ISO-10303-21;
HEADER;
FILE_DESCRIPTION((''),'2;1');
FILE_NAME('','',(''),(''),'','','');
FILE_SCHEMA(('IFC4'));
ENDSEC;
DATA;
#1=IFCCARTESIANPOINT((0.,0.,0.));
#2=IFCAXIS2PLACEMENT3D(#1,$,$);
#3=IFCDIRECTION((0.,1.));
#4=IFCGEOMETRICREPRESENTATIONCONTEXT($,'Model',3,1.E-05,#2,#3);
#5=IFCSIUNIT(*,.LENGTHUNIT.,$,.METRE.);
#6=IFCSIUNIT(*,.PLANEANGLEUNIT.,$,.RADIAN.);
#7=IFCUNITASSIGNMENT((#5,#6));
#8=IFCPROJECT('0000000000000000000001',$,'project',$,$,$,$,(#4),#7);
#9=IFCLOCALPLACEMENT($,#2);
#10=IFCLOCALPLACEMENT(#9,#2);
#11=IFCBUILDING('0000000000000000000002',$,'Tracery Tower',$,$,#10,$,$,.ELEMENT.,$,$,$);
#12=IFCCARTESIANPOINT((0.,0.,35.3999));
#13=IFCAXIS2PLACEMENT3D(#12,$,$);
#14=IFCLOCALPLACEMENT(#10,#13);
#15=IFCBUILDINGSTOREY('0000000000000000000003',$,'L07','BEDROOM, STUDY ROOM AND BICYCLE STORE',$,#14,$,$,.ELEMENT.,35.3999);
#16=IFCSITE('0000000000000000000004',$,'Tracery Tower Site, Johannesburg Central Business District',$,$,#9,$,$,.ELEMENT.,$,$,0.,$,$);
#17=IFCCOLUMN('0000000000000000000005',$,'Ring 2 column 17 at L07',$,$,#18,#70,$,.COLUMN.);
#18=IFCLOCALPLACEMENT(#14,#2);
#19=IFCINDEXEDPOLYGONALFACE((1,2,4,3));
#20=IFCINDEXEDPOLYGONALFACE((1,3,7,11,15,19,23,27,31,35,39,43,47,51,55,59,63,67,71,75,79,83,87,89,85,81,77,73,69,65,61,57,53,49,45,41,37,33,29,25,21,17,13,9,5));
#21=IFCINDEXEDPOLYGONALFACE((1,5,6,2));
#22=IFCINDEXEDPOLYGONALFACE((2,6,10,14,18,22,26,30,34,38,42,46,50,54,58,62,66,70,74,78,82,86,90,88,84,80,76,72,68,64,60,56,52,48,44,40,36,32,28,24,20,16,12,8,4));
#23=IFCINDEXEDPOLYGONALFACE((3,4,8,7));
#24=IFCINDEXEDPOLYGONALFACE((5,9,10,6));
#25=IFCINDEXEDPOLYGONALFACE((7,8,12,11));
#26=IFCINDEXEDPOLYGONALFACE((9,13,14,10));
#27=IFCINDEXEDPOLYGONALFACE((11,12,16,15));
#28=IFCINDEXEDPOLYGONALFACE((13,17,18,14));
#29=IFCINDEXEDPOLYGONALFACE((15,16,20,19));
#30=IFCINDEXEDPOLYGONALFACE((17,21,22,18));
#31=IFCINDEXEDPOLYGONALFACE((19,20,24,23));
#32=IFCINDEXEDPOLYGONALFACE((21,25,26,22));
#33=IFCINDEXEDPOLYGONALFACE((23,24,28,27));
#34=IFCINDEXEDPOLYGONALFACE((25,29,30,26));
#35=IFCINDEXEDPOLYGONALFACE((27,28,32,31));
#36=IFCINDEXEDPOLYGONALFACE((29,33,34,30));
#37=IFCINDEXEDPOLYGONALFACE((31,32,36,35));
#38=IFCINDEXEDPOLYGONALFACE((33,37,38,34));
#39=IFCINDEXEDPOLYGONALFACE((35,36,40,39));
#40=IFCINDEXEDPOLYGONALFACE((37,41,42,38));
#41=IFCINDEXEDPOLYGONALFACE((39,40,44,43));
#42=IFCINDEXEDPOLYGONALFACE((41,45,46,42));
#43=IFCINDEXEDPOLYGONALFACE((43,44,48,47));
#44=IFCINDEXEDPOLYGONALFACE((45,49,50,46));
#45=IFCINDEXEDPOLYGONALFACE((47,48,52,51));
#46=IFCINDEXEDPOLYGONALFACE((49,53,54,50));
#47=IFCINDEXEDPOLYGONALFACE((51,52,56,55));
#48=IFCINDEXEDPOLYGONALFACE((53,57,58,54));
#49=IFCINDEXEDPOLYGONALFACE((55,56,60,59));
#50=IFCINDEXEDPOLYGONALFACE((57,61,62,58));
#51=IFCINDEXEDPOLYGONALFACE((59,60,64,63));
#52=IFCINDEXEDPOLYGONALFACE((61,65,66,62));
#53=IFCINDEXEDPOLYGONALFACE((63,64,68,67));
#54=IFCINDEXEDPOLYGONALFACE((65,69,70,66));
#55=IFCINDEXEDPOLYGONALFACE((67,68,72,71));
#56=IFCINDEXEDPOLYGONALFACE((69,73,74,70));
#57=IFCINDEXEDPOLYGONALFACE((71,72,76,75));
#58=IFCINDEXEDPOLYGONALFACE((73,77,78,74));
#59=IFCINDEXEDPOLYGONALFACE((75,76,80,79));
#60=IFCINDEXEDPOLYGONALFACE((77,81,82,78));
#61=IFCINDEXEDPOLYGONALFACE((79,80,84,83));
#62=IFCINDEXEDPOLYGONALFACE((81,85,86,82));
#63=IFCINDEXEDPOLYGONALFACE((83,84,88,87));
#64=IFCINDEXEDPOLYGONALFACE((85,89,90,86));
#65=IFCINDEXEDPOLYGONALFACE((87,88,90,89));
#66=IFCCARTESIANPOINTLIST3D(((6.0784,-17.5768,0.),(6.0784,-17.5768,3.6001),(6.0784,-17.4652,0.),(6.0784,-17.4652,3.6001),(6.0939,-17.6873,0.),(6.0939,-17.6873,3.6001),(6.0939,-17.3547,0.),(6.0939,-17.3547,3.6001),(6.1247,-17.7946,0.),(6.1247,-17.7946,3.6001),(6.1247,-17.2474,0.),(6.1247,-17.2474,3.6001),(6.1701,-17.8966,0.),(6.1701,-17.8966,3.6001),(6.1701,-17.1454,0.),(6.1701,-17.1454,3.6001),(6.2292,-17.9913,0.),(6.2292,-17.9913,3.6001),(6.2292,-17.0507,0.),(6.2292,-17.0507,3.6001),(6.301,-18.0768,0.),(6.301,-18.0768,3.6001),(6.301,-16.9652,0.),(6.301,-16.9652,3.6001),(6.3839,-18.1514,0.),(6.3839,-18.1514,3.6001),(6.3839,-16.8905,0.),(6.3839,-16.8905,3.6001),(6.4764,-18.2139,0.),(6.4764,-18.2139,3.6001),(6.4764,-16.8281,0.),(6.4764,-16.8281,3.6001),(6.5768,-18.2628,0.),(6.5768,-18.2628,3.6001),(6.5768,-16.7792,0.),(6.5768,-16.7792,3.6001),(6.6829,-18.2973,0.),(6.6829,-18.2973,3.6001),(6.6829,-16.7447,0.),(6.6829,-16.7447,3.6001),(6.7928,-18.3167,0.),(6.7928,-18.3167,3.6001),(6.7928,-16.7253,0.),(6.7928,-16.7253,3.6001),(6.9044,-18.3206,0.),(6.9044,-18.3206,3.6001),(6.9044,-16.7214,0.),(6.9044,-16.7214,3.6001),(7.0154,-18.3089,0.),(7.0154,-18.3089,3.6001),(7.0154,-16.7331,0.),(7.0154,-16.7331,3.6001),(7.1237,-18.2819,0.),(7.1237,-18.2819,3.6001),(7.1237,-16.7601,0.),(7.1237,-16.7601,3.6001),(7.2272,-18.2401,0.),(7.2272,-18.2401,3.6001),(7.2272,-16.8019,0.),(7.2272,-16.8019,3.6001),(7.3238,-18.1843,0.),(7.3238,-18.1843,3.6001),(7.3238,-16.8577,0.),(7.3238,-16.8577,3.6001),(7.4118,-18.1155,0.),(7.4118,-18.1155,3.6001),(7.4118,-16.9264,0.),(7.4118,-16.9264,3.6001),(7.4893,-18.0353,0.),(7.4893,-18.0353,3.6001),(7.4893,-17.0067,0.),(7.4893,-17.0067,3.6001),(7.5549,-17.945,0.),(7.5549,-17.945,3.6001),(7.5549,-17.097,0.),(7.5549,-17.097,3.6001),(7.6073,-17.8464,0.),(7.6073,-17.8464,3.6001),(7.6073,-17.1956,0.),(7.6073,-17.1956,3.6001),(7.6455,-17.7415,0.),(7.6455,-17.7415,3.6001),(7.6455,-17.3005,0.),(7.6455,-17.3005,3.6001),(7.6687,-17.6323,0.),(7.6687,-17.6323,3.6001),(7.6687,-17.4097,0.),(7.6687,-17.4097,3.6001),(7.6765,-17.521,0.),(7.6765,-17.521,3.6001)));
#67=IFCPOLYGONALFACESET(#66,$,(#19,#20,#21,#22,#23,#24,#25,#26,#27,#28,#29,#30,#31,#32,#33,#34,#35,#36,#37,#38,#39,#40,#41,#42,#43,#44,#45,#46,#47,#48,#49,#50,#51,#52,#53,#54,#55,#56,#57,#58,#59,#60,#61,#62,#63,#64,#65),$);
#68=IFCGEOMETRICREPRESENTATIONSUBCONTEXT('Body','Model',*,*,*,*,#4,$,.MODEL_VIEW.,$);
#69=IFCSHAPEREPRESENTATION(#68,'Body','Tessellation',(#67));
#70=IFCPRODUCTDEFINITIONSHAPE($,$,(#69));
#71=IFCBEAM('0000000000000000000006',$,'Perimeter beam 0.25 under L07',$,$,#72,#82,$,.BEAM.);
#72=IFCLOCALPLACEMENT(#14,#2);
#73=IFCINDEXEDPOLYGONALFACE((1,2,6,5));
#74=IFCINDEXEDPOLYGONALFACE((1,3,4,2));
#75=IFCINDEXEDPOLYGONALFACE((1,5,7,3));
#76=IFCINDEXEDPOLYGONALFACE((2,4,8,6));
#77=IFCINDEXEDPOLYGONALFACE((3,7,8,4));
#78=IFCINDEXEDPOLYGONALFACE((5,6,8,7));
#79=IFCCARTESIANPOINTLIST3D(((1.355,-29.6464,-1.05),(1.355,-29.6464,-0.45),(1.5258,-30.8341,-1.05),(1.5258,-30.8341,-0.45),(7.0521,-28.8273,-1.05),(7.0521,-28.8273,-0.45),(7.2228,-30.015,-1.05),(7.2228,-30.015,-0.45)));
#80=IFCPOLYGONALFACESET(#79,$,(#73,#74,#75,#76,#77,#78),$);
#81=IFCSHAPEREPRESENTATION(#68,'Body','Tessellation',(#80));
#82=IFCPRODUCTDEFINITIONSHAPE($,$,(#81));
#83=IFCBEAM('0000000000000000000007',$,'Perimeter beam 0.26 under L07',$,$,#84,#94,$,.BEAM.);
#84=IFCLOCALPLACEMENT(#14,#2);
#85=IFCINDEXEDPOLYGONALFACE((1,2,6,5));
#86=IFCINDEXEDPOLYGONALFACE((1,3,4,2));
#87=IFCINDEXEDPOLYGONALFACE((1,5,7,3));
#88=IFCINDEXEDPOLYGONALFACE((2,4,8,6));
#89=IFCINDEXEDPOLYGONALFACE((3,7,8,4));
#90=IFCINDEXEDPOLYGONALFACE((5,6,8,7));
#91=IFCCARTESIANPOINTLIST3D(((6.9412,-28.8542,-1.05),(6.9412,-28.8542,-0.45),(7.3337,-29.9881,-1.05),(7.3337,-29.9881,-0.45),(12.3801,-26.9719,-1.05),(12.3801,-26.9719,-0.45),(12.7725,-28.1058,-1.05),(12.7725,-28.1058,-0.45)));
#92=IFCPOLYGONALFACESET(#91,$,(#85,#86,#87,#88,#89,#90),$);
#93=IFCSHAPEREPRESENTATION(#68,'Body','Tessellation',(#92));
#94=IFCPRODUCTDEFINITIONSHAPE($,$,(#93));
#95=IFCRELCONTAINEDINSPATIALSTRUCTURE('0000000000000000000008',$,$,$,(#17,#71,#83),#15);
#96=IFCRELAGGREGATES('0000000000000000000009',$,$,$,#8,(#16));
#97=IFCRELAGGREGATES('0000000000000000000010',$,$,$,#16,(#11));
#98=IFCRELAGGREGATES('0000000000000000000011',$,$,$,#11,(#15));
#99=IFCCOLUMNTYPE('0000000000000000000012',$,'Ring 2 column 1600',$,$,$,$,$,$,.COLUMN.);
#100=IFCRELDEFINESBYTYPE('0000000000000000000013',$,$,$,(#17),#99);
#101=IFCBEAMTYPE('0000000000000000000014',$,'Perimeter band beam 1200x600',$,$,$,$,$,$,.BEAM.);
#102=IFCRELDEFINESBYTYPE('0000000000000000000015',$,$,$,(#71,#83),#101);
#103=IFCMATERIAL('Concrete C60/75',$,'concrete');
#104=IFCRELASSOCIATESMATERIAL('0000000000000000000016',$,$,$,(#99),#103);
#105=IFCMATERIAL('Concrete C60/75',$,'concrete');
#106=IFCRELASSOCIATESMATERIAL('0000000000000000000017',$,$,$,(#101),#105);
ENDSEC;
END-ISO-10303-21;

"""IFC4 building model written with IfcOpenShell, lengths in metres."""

from ifc_helpers import new_model, si_unit, direction, frame, origin, origin_2d, place, context, subcontext, project, spatial, rectangle, circle, extrude, material, material_profile, profile_set, type_object, element, save


model = new_model("IFC4")

# Units and contexts
model_context = context("Model", 3, precision=1e-05, world=origin(), true_north=direction((0.0, 1.0)))
body_context = subcontext(model_context, "Body", "Model", "MODEL_VIEW")
ifc_project = project(units=[si_unit("LENGTHUNIT", "METRE"), si_unit("PLANEANGLEUNIT", "RADIAN")], contexts=[model_context])

# Site, building, storey
site_placement = place(None, origin())
site = spatial("IfcSite", under=ifc_project, at=site_placement, Name="Tracery Tower Site, Johannesburg Central Business District", CompositionType="ELEMENT", RefElevation=0.0)
building_placement = place(site_placement, origin())
building = spatial("IfcBuilding", under=site, at=building_placement, Name="Tracery Tower", CompositionType="ELEMENT")
storey_placement = place(building_placement, frame((0.0, 0.0, 35.3999)))
storey = spatial("IfcBuildingStorey", under=building, at=storey_placement, Name="L07", Description="BEDROOM, STUDY ROOM AND BICYCLE STORE", CompositionType="ELEMENT", Elevation=35.3999)

# Column
ifc_material_1 = material(Name="Concrete C60/75", Category="concrete")
ifc_material_profile_1 = material_profile(ifc_material_1, circle(Radius=0.8, at=origin_2d()), Name="RC D1600")
ifc_profile_set_1 = profile_set([ifc_material_profile_1], Name="Concrete C60/75")
column_type_1 = type_object("IfcColumnType", Name="Ring 2 column 1600", PredefinedType="COLUMN", material=ifc_profile_set_1)
for number, where, z_axis, x_axis, name in (
    (1, (6.8765, -17.521, 0.0), (0.0, 0.0, 1.0), (1.0, 0.0, 0.0), "Ring 2 column 17 at L07"),
):
    element("IfcColumn", number, at=place(storey_placement, frame(where, z_axis=z_axis, x_axis=x_axis)), inside=storey, type_object=column_type_1, Name=name, PredefinedType="COLUMN", context=body_context, shape_type="SweptSolid", body=[
        extrude(circle(Radius=0.8, at=origin_2d()), origin(), (0.0, 0.0, 1.0), 3.6001),
    ])

# Beams
ifc_material_2 = material(Name="Concrete C60/75", Category="concrete")
ifc_material_profile_2 = material_profile(ifc_material_2, rectangle(XDim=1.2, YDim=0.6001, at=origin_2d()), Name="RC 1200x600")
ifc_profile_set_2 = profile_set([ifc_material_profile_2], Name="Concrete C60/75")
beam_type = type_object("IfcBeamType", Name="Perimeter band beam 1200x600", PredefinedType="BEAM", material=ifc_profile_set_2)
beam_1_placement = place(storey_placement, frame((1.4404, -30.2402, -0.75), z_axis=(0.989822, 0.142312, 0.0), x_axis=(-0.142312, 0.989822, 0.0)))
element("IfcBeam", 2, at=beam_1_placement, inside=storey, type_object=beam_type, Name="Perimeter beam 0.25 under L07", PredefinedType="BEAM", context=body_context, shape_type="SweptSolid", body=[
    extrude(rectangle(XDim=1.2, YDim=0.6001, at=origin_2d()), origin(), (0.0, 0.0, 1.0), 5.7556),
])
beam_2_placement = place(storey_placement, frame((7.1375, -29.4211, -0.75), z_axis=(0.945007, 0.327049, 0.0), x_axis=(-0.327049, 0.945007, 0.0)))
element("IfcBeam", 3, at=beam_2_placement, inside=storey, type_object=beam_type, Name="Perimeter beam 0.26 under L07", PredefinedType="BEAM", context=body_context, shape_type="SweptSolid", body=[
    extrude(rectangle(XDim=1.2, YDim=0.6001, at=origin_2d()), origin(), (0.0, 0.0, 1.0), 5.7554),
])

save(model, "model.ifc")
